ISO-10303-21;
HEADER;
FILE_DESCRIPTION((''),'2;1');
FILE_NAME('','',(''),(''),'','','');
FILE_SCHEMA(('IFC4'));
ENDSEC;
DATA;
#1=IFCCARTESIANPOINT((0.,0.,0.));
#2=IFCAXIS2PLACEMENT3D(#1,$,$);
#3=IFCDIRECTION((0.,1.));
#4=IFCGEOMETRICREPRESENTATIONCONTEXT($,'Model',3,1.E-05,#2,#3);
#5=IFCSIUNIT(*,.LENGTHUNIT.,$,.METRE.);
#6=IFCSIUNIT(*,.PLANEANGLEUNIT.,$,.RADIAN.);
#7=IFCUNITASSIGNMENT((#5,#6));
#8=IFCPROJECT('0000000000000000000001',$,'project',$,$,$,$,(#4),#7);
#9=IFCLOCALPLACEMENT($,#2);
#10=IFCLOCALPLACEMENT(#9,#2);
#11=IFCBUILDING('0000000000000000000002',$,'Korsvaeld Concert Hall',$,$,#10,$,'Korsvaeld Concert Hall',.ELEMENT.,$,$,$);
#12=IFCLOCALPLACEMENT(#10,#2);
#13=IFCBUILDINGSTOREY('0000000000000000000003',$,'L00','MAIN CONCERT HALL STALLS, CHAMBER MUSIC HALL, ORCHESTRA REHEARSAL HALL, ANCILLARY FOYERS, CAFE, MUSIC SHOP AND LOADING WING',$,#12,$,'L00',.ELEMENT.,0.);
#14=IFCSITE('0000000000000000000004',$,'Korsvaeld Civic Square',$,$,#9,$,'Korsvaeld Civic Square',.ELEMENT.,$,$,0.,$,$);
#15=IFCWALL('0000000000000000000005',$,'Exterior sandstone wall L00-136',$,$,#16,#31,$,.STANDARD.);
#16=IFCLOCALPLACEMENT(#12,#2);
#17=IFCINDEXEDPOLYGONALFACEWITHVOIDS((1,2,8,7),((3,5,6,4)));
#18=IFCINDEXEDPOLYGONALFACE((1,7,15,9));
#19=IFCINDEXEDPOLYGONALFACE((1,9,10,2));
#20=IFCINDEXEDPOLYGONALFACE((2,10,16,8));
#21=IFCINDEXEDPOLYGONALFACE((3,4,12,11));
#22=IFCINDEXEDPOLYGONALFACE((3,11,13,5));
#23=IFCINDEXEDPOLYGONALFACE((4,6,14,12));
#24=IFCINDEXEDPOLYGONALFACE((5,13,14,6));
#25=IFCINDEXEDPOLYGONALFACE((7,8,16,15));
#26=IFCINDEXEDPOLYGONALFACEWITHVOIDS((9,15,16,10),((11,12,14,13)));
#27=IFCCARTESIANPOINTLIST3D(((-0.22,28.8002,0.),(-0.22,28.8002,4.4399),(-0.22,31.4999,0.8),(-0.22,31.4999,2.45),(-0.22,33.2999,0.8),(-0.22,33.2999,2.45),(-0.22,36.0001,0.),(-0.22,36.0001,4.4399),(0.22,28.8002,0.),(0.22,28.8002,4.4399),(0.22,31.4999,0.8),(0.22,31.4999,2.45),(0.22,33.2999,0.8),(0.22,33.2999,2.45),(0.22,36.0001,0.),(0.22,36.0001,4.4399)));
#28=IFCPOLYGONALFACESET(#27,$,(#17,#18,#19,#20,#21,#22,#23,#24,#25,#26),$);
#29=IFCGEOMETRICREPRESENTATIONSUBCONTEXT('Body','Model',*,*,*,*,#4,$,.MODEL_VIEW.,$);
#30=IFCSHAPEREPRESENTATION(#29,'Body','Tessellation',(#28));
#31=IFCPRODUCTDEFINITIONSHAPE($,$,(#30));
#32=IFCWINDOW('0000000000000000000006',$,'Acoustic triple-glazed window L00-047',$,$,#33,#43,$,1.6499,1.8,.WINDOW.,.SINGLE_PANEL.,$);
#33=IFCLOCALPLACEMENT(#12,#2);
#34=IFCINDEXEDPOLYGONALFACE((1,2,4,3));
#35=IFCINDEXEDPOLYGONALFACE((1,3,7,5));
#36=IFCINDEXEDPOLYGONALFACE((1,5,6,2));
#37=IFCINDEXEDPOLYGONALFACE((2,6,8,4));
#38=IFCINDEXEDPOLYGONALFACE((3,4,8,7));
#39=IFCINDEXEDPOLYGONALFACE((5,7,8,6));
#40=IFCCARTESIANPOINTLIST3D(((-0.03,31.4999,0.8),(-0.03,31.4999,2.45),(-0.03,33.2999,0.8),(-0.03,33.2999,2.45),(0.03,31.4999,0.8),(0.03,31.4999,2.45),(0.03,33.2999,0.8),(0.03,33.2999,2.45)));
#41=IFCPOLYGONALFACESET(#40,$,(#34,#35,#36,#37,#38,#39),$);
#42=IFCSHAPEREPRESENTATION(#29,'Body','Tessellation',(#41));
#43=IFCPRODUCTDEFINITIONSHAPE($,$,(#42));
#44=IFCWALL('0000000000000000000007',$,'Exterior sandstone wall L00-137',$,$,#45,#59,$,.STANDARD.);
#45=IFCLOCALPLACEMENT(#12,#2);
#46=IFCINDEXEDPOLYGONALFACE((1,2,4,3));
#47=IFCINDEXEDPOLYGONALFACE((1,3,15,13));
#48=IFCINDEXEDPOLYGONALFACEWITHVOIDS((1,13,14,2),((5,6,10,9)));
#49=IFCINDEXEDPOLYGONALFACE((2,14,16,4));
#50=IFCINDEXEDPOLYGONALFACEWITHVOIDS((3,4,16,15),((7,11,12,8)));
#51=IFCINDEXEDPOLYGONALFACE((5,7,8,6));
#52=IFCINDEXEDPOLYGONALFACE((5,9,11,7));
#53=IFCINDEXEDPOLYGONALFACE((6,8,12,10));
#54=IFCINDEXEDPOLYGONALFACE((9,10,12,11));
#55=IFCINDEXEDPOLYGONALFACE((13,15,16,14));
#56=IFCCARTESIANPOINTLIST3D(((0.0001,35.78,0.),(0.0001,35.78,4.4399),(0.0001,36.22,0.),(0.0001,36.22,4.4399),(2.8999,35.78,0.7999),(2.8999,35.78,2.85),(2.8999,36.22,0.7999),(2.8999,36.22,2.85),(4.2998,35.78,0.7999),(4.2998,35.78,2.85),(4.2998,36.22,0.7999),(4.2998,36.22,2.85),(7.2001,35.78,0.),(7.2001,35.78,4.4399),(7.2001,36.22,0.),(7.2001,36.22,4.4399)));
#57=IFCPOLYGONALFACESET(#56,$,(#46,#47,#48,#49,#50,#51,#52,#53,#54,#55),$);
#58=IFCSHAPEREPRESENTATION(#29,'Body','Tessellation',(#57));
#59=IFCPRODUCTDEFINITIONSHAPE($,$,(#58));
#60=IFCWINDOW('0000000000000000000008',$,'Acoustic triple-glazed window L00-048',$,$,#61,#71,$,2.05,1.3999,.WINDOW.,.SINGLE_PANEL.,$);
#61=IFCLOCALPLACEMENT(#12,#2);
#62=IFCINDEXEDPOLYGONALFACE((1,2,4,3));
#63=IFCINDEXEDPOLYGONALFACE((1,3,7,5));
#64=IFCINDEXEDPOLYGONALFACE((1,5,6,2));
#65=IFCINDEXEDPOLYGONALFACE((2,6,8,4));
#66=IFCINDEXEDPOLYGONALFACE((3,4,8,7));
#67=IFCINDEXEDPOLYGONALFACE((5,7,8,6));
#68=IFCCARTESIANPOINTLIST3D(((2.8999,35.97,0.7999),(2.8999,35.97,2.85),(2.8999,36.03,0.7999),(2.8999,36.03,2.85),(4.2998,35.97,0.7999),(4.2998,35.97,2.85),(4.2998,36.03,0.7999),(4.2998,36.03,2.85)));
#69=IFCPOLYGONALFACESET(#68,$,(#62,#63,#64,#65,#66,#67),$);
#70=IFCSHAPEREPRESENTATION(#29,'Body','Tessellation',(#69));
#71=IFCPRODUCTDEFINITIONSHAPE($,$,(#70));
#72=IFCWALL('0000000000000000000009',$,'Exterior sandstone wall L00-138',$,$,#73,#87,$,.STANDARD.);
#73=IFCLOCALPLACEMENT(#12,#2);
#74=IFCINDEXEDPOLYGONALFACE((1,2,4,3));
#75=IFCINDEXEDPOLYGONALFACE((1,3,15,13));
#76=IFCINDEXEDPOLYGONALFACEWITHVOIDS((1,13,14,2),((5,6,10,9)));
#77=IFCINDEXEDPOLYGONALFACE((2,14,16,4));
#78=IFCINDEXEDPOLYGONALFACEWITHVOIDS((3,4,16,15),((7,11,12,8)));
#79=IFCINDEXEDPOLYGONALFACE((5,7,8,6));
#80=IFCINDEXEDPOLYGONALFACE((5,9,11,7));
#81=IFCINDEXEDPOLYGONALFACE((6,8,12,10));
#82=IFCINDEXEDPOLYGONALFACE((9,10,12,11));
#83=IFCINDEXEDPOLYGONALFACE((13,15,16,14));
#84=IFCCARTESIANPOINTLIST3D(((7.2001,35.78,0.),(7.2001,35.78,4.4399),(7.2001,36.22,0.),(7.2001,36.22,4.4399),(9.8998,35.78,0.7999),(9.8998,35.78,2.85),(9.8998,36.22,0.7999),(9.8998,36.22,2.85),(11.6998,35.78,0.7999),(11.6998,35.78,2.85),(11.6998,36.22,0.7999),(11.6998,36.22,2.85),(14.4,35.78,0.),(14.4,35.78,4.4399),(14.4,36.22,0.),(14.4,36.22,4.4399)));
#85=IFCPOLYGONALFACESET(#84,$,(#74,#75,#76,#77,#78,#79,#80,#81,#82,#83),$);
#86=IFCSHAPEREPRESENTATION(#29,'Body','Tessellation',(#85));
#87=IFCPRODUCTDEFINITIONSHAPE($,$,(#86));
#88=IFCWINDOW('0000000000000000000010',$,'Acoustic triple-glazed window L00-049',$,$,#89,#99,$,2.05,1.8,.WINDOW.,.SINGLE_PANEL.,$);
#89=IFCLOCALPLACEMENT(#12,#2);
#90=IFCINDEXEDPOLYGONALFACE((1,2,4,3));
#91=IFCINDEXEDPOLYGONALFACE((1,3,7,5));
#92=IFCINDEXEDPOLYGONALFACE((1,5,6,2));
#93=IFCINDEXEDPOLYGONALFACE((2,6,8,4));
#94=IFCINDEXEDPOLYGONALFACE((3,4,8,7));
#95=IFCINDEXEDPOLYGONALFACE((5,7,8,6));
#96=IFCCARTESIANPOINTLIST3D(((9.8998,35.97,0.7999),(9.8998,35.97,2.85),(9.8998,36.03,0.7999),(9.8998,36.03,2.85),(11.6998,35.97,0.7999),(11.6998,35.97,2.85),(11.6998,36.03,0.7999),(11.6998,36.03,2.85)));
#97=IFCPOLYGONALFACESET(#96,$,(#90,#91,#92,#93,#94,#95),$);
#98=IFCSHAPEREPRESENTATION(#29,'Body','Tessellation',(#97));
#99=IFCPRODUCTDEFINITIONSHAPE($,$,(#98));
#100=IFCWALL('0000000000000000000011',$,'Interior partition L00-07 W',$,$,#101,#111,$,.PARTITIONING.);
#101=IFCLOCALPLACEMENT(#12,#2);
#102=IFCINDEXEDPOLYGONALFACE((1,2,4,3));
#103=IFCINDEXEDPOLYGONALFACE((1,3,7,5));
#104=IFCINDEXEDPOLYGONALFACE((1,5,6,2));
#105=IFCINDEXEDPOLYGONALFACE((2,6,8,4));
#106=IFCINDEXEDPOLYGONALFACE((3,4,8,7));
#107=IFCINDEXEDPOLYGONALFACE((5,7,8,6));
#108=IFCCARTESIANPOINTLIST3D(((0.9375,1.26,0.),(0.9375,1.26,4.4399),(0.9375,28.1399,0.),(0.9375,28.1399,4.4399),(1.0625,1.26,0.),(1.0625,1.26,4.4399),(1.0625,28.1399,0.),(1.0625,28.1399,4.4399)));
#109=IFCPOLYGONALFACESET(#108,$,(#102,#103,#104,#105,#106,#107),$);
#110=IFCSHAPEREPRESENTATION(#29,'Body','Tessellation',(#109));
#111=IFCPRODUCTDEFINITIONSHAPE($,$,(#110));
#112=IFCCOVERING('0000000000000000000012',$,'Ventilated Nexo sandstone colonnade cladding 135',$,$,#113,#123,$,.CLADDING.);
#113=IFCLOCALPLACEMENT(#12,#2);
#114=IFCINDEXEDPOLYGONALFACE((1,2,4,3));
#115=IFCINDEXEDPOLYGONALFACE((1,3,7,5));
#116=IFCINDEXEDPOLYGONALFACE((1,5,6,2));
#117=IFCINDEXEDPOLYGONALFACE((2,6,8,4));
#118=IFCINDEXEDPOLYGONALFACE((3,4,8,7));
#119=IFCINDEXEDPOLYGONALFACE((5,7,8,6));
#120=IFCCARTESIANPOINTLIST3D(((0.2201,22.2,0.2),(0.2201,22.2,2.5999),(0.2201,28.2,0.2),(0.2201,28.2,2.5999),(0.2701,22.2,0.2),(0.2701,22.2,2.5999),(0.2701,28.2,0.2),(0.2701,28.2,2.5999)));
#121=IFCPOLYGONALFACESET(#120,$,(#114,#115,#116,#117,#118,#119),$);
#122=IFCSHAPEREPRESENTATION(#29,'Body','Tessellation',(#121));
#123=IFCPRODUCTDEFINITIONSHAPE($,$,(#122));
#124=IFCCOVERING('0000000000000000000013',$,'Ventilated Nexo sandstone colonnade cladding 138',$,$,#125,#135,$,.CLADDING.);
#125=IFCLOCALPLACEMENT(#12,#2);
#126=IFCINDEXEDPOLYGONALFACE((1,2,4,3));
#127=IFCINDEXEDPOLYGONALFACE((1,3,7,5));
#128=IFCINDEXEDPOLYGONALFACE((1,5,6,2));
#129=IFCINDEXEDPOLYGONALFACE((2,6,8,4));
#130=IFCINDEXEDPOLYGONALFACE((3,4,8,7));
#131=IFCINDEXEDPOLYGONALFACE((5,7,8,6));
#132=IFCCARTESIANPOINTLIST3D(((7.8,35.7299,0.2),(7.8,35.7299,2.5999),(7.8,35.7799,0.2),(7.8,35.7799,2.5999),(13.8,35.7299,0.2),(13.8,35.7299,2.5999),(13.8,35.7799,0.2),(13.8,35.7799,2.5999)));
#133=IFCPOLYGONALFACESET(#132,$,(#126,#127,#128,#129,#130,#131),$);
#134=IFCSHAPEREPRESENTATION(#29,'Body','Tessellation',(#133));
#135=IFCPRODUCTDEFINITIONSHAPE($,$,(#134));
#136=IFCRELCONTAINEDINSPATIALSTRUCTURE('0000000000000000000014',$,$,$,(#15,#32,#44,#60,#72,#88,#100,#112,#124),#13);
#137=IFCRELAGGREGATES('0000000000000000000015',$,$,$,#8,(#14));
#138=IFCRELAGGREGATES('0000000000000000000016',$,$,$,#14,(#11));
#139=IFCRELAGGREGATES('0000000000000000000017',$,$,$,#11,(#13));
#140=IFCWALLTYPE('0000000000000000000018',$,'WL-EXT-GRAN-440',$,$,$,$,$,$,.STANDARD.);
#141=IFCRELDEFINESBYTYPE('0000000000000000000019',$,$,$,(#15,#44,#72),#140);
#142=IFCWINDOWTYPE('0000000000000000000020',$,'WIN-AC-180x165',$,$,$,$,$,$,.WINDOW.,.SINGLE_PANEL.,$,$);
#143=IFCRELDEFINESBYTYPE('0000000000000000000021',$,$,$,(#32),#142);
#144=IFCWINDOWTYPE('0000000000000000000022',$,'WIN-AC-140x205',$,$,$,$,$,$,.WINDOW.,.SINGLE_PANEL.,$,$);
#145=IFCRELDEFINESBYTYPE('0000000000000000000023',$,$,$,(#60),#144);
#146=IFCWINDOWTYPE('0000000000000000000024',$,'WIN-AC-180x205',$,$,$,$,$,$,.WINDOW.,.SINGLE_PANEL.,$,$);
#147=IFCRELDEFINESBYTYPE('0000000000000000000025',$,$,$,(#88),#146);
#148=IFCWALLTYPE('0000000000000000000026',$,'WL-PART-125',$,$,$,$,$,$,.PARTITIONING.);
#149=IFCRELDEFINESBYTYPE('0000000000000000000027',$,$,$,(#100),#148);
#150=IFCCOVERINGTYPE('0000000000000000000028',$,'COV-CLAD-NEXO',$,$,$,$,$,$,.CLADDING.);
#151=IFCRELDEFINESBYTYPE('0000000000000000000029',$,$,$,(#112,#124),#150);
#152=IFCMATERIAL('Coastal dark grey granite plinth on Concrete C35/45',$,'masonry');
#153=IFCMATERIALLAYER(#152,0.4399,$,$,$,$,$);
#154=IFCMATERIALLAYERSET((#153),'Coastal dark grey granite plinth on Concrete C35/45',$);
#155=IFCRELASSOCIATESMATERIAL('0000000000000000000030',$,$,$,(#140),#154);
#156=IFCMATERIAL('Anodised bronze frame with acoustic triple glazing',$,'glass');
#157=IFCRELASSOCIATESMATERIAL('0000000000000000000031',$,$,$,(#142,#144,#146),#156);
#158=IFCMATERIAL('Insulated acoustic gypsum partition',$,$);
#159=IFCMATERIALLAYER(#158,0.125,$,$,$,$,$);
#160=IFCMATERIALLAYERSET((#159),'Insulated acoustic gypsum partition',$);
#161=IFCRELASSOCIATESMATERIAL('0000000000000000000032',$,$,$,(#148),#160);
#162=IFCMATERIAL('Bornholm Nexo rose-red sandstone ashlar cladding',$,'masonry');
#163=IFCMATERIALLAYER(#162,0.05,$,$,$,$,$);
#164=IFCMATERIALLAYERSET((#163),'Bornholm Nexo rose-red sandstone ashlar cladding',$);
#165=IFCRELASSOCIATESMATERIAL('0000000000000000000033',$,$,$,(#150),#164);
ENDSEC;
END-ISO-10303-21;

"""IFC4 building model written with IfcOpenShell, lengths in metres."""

from ifc_helpers import new_model, si_unit, direction, frame, frame_2d, origin, origin_2d, place, context, subcontext, project, spatial, rectangle, extrude, material, layer, layer_set, type_object, element, fill, save


model = new_model("IFC4")

# Units and contexts
model_context = context("Model", 3, precision=1e-05, world=origin(), true_north=direction((0.0, 1.0)))
body_context = subcontext(model_context, "Body", "Model", "MODEL_VIEW")
ifc_project = project(units=[si_unit("LENGTHUNIT", "METRE"), si_unit("PLANEANGLEUNIT", "RADIAN")], contexts=[model_context])

# Site, building, storey
site_placement = place(None, origin())
site = spatial("IfcSite", under=ifc_project, at=site_placement, Name="Korsvaeld Civic Square", LongName="Korsvaeld Civic Square", CompositionType="ELEMENT", RefElevation=0.0)
building_placement = place(site_placement, origin())
building = spatial("IfcBuilding", under=site, at=building_placement, Name="Korsvaeld Concert Hall", LongName="Korsvaeld Concert Hall", CompositionType="ELEMENT")
storey_placement = place(building_placement, origin())
storey = spatial("IfcBuildingStorey", under=building, at=storey_placement, Name="L00", Description="MAIN CONCERT HALL STALLS, CHAMBER MUSIC HALL, ORCHESTRA REHEARSAL HALL, ANCILLARY FOYERS, CAFE, MUSIC SHOP AND LOADING WING", LongName="L00", CompositionType="ELEMENT", Elevation=0.0)

# Walls, openings, windows
ifc_material_1 = material(Name="Coastal dark grey granite plinth on Concrete C35/45", Category="masonry")
ifc_layer_1 = layer(ifc_material_1, 0.4399)
ifc_layer_set_1 = layer_set([ifc_layer_1], Name="Coastal dark grey granite plinth on Concrete C35/45")
wall_type_1 = type_object("IfcWallType", Name="WL-EXT-GRAN-440", PredefinedType="STANDARD", material=ifc_layer_set_1)
ifc_material_2 = material(Name="Anodised bronze frame with acoustic triple glazing", Category="glass")
wall_1_placement = place(storey_placement, frame((0.0, 28.8, 0.0), z_axis=(0.0, 0.0, 1.0), x_axis=(0.0, 1.0, 0.0)))
wall_1 = element("IfcWall", 1, at=wall_1_placement, inside=storey, type_object=wall_type_1, Name="Exterior sandstone wall L00-136", PredefinedType="STANDARD", context=body_context, shape_type="SweptSolid", body=[
    extrude(rectangle(XDim=7.2, YDim=0.4399, at=frame_2d((3.6001, 0.0))), origin(), (0.0, 0.0, 1.0), 4.4399),
])
opening_1_placement = place(wall_1_placement, frame((2.7, 0.0, 0.8)))
opening_1 = element("IfcOpeningElement", 2, at=opening_1_placement, cuts=wall_1, PredefinedType="OPENING", context=body_context, shape_type="SweptSolid", body=[
    extrude(rectangle(XDim=1.8, YDim=1.6499, at=frame_2d((0.8999, 0.825))), frame((0.0, 0.23, 0.0), z_axis=(0.0, -1.0, 0.0), x_axis=(1.0, 0.0, 0.0)), (0.0, 0.0, 1.0), 0.46),
])
window_type_1 = type_object("IfcWindowType", Name="WIN-AC-180x165", PartitioningType="SINGLE_PANEL", PredefinedType="WINDOW", material=ifc_material_2)
window_1_placement = place(opening_1_placement, origin())
window_1 = element("IfcWindow", 3, at=window_1_placement, inside=storey, type_object=window_type_1, Name="Acoustic triple-glazed window L00-047", OverallHeight=1.6499, OverallWidth=1.8, PartitioningType="SINGLE_PANEL", PredefinedType="WINDOW", context=body_context, shape_type="SweptSolid", body=[
    extrude(rectangle(XDim=1.8, YDim=1.6499, at=frame_2d((0.8999, 0.825))), frame((0.0, 0.03, 0.0), z_axis=(0.0, -1.0, 0.0), x_axis=(1.0, 0.0, 0.0)), (0.0, 0.0, 1.0), 0.0601),
])
fill(opening_1, window_1)
wall_2_placement = place(storey_placement, frame((0.0, 36.0, 0.0), z_axis=(0.0, 0.0, 1.0), x_axis=(1.0, 0.0, 0.0)))
wall_2 = element("IfcWall", 4, at=wall_2_placement, inside=storey, type_object=wall_type_1, Name="Exterior sandstone wall L00-137", PredefinedType="STANDARD", context=body_context, shape_type="SweptSolid", body=[
    extrude(rectangle(XDim=7.2, YDim=0.4399, at=frame_2d((3.6001, 0.0))), origin(), (0.0, 0.0, 1.0), 4.4399),
])
opening_2_placement = place(wall_2_placement, frame((2.8999, 0.0, 0.8)))
opening_2 = element("IfcOpeningElement", 5, at=opening_2_placement, cuts=wall_2, PredefinedType="OPENING", context=body_context, shape_type="SweptSolid", body=[
    extrude(rectangle(XDim=1.3999, YDim=2.05, at=frame_2d((0.7, 1.0249))), frame((0.0, 0.23, 0.0), z_axis=(0.0, -1.0, 0.0), x_axis=(1.0, 0.0, 0.0)), (0.0, 0.0, 1.0), 0.46),
])
window_type_2 = type_object("IfcWindowType", Name="WIN-AC-140x205", PartitioningType="SINGLE_PANEL", PredefinedType="WINDOW", material=ifc_material_2)
window_2_placement = place(opening_2_placement, origin())
window_2 = element("IfcWindow", 6, at=window_2_placement, inside=storey, type_object=window_type_2, Name="Acoustic triple-glazed window L00-048", OverallHeight=2.05, OverallWidth=1.3999, PartitioningType="SINGLE_PANEL", PredefinedType="WINDOW", context=body_context, shape_type="SweptSolid", body=[
    extrude(rectangle(XDim=1.3999, YDim=2.05, at=frame_2d((0.7, 1.0249))), frame((0.0, 0.03, 0.0), z_axis=(0.0, -1.0, 0.0), x_axis=(1.0, 0.0, 0.0)), (0.0, 0.0, 1.0), 0.0601),
])
fill(opening_2, window_2)
wall_3_placement = place(storey_placement, frame((7.2, 36.0, 0.0), z_axis=(0.0, 0.0, 1.0), x_axis=(1.0, 0.0, 0.0)))
wall_3 = element("IfcWall", 7, at=wall_3_placement, inside=storey, type_object=wall_type_1, Name="Exterior sandstone wall L00-138", PredefinedType="STANDARD", context=body_context, shape_type="SweptSolid", body=[
    extrude(rectangle(XDim=7.2, YDim=0.4399, at=frame_2d((3.6001, 0.0))), origin(), (0.0, 0.0, 1.0), 4.4399),
])
opening_3_placement = place(wall_3_placement, frame((2.7, 0.0, 0.8)))
opening_3 = element("IfcOpeningElement", 8, at=opening_3_placement, cuts=wall_3, PredefinedType="OPENING", context=body_context, shape_type="SweptSolid", body=[
    extrude(rectangle(XDim=1.8, YDim=2.05, at=frame_2d((0.8999, 1.0249))), frame((0.0, 0.23, 0.0), z_axis=(0.0, -1.0, 0.0), x_axis=(1.0, 0.0, 0.0)), (0.0, 0.0, 1.0), 0.46),
])
window_type_3 = type_object("IfcWindowType", Name="WIN-AC-180x205", PartitioningType="SINGLE_PANEL", PredefinedType="WINDOW", material=ifc_material_2)
window_3_placement = place(opening_3_placement, origin())
window_3 = element("IfcWindow", 9, at=window_3_placement, inside=storey, type_object=window_type_3, Name="Acoustic triple-glazed window L00-049", OverallHeight=2.05, OverallWidth=1.8, PartitioningType="SINGLE_PANEL", PredefinedType="WINDOW", context=body_context, shape_type="SweptSolid", body=[
    extrude(rectangle(XDim=1.8, YDim=2.05, at=frame_2d((0.8999, 1.0249))), frame((0.0, 0.03, 0.0), z_axis=(0.0, -1.0, 0.0), x_axis=(1.0, 0.0, 0.0)), (0.0, 0.0, 1.0), 0.0601),
])
fill(opening_3, window_3)

# Wall
ifc_material_3 = material(Name="Insulated acoustic gypsum partition")
ifc_layer_2 = layer(ifc_material_3, 0.125)
ifc_layer_set_2 = layer_set([ifc_layer_2], Name="Insulated acoustic gypsum partition")
wall_type_2 = type_object("IfcWallType", Name="WL-PART-125", PredefinedType="PARTITIONING", material=ifc_layer_set_2)
wall_4_placement = place(storey_placement, frame((1.0, 28.1399, 0.0), z_axis=(0.0, 0.0, 1.0), x_axis=(0.0, -1.0, 0.0)))
element("IfcWall", 10, at=wall_4_placement, inside=storey, type_object=wall_type_2, Name="Interior partition L00-07 W", PredefinedType="PARTITIONING", context=body_context, shape_type="SweptSolid", body=[
    extrude(rectangle(XDim=26.8799, YDim=0.125, at=frame_2d((13.4399, 0.0))), origin(), (0.0, 0.0, 1.0), 4.4399),
])

# Coverings
ifc_material_4 = material(Name="Bornholm Nexo rose-red sandstone ashlar cladding", Category="masonry")
ifc_layer_3 = layer(ifc_material_4, 0.05)
ifc_layer_set_3 = layer_set([ifc_layer_3], Name="Bornholm Nexo rose-red sandstone ashlar cladding")
covering_type = type_object("IfcCoveringType", Name="COV-CLAD-NEXO", PredefinedType="CLADDING", material=ifc_layer_set_3)
for number, where, z_axis, x_axis, name in (
    (11, (0.2451, 25.2, 0.2), (0.0, 0.0, 1.0), (0.0, 1.0, 0.0), "Ventilated Nexo sandstone colonnade cladding 135"),
    (12, (10.8, 35.7549, 0.2), (0.0, 0.0, 1.0), (1.0, 0.0, 0.0), "Ventilated Nexo sandstone colonnade cladding 138"),
):
    element("IfcCovering", number, at=place(storey_placement, frame(where, z_axis=z_axis, x_axis=x_axis)), inside=storey, type_object=covering_type, Name=name, PredefinedType="CLADDING", context=body_context, shape_type="SweptSolid", body=[
        extrude(rectangle(XDim=6.0, YDim=0.05, at=origin_2d()), origin(), (0.0, 0.0, 1.0), 2.3999),
    ])

save(model, "model.ifc")
